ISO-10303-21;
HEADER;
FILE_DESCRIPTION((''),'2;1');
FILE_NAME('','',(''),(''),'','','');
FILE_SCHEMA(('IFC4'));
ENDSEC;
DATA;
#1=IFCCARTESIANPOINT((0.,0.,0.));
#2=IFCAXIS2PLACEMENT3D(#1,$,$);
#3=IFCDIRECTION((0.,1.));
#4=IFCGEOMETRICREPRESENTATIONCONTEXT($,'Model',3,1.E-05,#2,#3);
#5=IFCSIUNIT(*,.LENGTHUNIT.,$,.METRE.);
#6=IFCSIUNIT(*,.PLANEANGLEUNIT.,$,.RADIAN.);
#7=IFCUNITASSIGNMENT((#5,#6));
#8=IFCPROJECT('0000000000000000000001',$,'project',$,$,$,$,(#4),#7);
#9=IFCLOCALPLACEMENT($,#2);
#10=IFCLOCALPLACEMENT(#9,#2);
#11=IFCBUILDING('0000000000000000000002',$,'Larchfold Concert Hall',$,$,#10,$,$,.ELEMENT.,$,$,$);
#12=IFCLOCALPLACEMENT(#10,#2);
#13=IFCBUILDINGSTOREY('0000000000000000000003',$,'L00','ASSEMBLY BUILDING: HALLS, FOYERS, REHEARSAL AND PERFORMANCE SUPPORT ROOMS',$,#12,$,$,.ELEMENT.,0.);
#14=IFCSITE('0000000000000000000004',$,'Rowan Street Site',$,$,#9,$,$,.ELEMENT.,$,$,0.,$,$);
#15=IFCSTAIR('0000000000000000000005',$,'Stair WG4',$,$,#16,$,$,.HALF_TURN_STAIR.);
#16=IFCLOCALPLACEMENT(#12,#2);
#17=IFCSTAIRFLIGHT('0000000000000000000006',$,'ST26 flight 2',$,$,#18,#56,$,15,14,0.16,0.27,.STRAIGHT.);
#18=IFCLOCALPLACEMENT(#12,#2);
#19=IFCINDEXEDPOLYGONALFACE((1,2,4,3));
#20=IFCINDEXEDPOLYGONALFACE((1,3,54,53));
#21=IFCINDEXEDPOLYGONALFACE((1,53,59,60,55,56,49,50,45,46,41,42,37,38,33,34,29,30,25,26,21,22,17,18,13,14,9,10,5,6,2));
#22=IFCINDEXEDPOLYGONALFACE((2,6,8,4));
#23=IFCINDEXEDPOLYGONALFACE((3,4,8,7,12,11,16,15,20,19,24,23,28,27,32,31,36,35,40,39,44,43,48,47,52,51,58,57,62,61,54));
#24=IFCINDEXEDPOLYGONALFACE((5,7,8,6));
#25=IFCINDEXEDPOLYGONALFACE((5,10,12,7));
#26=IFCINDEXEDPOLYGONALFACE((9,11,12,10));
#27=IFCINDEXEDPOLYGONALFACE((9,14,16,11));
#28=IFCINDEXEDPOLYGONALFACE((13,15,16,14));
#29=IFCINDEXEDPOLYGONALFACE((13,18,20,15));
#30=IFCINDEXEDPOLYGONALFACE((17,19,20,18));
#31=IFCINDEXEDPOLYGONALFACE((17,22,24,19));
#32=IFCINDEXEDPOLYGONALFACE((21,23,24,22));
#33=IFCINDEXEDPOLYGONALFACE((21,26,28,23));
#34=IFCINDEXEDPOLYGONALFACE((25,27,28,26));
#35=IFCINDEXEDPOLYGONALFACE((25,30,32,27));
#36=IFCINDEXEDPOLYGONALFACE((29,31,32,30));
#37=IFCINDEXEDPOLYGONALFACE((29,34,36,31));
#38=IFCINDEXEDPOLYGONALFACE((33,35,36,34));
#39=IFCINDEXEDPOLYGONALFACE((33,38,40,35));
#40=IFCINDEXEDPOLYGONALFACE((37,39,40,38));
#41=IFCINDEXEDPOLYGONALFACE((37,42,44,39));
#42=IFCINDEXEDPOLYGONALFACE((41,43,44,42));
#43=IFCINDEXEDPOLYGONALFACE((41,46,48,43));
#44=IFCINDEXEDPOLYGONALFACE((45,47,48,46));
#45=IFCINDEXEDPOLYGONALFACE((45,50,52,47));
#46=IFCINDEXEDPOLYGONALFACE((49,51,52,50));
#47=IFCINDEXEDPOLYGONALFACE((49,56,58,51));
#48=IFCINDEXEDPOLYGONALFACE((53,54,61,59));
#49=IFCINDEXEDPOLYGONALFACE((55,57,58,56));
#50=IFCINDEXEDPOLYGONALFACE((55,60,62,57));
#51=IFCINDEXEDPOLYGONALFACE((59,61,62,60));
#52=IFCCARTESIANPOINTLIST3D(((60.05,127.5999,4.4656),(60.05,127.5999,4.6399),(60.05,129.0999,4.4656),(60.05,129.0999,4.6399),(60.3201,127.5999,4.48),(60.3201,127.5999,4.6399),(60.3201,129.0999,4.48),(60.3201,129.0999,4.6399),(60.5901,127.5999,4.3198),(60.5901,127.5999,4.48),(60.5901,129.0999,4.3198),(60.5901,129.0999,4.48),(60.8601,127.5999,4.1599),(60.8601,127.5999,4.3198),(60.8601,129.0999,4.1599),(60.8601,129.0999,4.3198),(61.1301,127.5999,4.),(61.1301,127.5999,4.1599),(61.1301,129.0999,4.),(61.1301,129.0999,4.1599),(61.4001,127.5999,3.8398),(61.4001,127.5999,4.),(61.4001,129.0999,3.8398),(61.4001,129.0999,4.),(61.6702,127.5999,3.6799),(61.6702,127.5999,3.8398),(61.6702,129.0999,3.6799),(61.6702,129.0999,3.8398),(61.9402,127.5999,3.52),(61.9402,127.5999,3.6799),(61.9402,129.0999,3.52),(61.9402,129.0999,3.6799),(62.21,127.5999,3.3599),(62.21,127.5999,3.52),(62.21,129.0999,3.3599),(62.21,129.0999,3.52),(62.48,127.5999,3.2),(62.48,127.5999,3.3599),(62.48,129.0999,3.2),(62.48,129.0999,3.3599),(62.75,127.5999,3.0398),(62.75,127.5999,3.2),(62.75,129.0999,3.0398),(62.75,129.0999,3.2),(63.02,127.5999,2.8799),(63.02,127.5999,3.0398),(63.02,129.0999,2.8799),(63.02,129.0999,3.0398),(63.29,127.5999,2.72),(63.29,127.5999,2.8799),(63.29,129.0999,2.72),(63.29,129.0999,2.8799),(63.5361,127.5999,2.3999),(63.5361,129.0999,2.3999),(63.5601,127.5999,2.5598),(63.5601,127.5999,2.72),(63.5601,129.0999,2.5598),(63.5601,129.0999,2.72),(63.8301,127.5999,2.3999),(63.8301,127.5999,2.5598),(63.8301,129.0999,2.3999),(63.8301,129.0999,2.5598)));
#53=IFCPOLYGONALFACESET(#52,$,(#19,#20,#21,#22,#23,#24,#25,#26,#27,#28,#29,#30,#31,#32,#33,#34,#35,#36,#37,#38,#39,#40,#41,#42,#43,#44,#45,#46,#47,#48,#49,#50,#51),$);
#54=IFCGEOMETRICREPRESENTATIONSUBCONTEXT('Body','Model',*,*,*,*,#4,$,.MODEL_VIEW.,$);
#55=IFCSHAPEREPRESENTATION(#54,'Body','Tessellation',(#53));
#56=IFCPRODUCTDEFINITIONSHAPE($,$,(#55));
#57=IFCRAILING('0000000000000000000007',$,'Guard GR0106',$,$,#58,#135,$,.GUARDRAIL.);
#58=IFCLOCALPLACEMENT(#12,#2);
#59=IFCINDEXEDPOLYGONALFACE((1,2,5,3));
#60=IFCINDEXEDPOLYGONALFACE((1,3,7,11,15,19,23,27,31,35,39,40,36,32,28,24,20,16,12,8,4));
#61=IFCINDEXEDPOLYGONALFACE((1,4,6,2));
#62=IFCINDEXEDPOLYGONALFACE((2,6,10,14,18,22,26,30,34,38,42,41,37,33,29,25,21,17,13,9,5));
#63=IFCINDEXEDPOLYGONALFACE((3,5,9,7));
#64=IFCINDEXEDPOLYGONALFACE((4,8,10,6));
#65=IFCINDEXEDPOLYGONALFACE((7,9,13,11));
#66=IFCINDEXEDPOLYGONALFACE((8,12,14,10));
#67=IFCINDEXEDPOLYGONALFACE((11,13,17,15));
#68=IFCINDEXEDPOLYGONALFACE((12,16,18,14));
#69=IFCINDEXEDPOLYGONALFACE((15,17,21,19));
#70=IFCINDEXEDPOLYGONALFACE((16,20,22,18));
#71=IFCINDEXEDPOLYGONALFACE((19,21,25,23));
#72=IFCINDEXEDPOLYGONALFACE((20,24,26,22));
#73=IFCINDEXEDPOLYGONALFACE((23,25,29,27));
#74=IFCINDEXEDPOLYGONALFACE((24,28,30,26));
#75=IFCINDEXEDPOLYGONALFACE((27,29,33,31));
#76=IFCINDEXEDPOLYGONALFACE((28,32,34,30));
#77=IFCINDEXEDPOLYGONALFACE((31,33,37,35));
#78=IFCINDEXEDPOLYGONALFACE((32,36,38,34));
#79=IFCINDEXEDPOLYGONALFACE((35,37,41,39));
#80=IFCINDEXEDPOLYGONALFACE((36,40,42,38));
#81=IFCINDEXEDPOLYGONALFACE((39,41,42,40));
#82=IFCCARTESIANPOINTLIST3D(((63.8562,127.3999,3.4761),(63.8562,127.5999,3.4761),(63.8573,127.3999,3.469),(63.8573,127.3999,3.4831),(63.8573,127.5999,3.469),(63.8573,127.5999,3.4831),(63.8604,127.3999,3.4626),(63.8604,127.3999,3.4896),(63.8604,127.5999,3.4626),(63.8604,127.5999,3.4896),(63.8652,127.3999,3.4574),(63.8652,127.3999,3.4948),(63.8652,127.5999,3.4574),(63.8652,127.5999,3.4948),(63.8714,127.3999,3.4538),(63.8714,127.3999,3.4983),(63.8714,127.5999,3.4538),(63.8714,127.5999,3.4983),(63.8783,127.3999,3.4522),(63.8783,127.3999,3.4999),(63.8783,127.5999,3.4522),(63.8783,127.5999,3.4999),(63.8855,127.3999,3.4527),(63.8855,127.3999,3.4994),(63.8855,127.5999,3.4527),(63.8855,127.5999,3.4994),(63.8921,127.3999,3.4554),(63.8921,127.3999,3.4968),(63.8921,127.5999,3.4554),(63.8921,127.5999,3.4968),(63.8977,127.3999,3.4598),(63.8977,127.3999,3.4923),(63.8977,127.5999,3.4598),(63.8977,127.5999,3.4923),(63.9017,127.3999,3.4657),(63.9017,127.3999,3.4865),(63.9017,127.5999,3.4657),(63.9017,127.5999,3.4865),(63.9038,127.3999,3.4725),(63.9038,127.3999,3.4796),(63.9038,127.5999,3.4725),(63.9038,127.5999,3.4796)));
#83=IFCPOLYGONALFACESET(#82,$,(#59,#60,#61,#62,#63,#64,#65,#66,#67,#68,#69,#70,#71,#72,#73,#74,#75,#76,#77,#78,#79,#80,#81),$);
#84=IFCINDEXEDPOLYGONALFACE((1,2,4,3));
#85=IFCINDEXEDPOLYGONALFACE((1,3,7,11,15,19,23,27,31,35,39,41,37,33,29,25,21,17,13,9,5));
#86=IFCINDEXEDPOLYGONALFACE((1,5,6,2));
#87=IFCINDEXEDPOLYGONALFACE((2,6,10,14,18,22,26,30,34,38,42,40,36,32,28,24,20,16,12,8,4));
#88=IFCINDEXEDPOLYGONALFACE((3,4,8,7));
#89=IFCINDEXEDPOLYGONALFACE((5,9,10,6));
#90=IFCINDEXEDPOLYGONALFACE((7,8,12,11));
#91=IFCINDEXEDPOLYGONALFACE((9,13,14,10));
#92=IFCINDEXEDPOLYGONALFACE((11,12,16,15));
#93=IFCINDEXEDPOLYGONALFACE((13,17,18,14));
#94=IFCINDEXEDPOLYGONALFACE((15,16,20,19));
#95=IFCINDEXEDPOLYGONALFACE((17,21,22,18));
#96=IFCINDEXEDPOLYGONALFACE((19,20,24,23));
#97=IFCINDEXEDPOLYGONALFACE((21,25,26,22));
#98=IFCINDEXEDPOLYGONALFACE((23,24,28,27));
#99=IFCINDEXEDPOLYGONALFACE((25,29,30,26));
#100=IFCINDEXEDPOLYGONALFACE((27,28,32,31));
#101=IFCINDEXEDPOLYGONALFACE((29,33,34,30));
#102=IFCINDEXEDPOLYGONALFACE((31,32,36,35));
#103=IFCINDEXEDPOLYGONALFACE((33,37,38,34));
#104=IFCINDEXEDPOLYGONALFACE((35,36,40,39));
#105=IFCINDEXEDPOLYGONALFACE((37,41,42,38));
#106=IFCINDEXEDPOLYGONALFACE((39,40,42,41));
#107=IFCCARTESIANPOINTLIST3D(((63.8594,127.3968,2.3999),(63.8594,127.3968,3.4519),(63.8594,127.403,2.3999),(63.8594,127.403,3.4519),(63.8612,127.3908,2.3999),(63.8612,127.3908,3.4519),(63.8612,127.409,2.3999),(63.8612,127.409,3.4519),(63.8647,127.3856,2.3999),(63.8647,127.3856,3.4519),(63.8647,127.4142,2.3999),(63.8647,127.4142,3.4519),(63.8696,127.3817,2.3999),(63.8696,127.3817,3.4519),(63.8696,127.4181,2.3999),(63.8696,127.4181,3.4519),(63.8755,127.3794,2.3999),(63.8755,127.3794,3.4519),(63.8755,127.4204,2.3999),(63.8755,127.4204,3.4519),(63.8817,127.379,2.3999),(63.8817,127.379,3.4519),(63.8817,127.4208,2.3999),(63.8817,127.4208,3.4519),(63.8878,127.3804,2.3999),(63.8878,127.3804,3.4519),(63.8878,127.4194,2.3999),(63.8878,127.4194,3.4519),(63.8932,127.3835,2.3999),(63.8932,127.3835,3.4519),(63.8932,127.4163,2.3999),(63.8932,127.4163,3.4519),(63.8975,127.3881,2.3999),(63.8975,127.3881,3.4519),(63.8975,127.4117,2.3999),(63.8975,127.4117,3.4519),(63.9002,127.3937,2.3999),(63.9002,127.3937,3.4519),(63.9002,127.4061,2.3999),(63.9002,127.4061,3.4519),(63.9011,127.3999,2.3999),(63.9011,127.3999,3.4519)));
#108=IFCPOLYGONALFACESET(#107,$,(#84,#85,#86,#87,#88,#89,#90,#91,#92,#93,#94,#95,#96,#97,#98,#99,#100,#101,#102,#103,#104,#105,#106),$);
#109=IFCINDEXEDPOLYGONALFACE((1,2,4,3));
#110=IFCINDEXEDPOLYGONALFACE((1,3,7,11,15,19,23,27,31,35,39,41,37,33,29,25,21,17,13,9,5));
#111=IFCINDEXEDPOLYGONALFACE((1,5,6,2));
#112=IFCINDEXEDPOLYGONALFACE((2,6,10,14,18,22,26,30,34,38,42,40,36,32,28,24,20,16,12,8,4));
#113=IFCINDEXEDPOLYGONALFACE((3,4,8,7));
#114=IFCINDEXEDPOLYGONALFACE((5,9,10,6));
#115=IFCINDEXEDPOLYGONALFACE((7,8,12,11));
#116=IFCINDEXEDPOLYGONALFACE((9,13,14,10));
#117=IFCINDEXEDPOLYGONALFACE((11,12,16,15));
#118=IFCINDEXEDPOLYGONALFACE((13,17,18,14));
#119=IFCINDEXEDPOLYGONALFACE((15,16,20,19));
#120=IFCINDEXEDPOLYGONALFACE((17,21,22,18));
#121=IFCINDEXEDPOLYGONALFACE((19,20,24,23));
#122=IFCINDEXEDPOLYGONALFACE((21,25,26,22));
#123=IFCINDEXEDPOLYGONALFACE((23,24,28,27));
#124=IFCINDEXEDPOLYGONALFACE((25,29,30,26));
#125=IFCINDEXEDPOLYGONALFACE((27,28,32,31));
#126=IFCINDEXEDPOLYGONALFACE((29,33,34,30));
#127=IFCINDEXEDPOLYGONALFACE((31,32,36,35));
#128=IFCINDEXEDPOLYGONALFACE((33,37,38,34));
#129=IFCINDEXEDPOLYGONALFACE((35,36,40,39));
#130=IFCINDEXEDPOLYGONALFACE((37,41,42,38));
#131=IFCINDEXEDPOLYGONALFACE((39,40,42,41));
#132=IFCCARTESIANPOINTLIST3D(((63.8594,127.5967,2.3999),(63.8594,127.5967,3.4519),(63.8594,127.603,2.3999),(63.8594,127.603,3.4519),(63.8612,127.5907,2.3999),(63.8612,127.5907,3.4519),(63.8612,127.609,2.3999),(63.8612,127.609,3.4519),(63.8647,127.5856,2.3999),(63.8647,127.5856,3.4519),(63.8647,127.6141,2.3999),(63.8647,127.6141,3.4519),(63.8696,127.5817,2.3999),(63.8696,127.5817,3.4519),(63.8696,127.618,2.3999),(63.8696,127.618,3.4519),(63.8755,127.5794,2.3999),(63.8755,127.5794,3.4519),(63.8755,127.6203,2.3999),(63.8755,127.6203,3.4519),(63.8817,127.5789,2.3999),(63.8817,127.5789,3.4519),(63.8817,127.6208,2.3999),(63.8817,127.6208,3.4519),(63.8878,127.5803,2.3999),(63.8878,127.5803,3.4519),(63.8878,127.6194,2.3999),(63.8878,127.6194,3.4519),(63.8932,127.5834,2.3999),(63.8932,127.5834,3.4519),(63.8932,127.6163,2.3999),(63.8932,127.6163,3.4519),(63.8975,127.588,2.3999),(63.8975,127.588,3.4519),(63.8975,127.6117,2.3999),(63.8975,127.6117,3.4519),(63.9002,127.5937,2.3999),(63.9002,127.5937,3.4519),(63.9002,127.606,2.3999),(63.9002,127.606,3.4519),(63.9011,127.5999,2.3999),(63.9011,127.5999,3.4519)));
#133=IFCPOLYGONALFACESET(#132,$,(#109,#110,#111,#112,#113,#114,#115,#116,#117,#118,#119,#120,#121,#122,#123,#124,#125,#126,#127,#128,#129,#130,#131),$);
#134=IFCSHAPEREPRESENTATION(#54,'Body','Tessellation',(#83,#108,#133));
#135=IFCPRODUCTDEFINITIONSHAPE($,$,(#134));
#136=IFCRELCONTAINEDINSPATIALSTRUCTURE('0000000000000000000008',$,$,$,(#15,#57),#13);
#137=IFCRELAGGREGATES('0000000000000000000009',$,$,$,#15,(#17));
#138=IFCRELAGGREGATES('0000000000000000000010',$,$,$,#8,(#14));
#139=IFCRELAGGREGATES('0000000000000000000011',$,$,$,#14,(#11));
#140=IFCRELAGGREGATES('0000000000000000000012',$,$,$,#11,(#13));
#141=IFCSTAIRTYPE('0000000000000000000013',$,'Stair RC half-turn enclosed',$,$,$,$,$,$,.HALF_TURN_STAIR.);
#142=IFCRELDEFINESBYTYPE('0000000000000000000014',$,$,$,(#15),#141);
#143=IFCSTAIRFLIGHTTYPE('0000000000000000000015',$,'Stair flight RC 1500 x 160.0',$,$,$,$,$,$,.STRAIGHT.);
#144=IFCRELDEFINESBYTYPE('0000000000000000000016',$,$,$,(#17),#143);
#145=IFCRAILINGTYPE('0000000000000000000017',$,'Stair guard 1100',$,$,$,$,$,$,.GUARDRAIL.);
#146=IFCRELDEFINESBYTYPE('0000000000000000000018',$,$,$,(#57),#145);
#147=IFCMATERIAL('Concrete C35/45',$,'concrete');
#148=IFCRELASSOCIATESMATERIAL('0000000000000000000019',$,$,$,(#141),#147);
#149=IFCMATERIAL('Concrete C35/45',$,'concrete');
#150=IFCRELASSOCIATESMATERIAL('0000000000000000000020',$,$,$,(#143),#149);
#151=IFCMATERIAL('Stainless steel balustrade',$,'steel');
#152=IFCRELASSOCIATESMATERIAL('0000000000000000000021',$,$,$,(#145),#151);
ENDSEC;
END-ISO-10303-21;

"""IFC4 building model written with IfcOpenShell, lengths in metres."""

from ifc_helpers import new_model, si_unit, direction, frame, origin, origin_2d, place, context, subcontext, project, spatial, polyline, circle, outline, extrude, material, type_object, element, aggregate, save


model = new_model("IFC4")

# Units and contexts
model_context = context("Model", 3, precision=1e-05, world=origin(), true_north=direction((0.0, 1.0)))
body_context = subcontext(model_context, "Body", "Model", "MODEL_VIEW")
ifc_project = project(units=[si_unit("LENGTHUNIT", "METRE"), si_unit("PLANEANGLEUNIT", "RADIAN")], contexts=[model_context])

# Site, building, storey
site_placement = place(None, origin())
site = spatial("IfcSite", under=ifc_project, at=site_placement, Name="Rowan Street Site", CompositionType="ELEMENT", RefElevation=0.0)
building_placement = place(site_placement, origin())
building = spatial("IfcBuilding", under=site, at=building_placement, Name="Larchfold Concert Hall", CompositionType="ELEMENT")
storey_placement = place(building_placement, origin())
storey = spatial("IfcBuildingStorey", under=building, at=storey_placement, Name="L00", Description="ASSEMBLY BUILDING: HALLS, FOYERS, REHEARSAL AND PERFORMANCE SUPPORT ROOMS", CompositionType="ELEMENT", Elevation=0.0)

# Stair, stair flight
ifc_material_1 = material(Name="Concrete C35/45", Category="concrete")
stair_type = type_object("IfcStairType", Name="Stair RC half-turn enclosed", PredefinedType="HALF_TURN_STAIR", material=ifc_material_1)
stair_placement = place(storey_placement, origin())
stair = element("IfcStair", 1, at=stair_placement, inside=storey, type_object=stair_type, Name="Stair WG4", PredefinedType="HALF_TURN_STAIR")
ifc_material_2 = material(Name="Concrete C35/45", Category="concrete")
stair_flight_type = type_object("IfcStairFlightType", Name="Stair flight RC 1500 x 160.0", PredefinedType="STRAIGHT", material=ifc_material_2)
stair_flight_placement = place(storey_placement, frame((63.8301, 128.3499, 2.3999), z_axis=(0.0, 0.0, 1.0), x_axis=(-1.0, 0.0, 0.0)))
stair_flight = element("IfcStairFlight", 2, at=stair_flight_placement, type_object=stair_flight_type, Name="ST26 flight 2", NumberOfRisers=15, NumberOfTreads=14, PredefinedType="STRAIGHT", RiserHeight=0.16, TreadLength=0.27, context=body_context, shape_type="SweptSolid", body=[
    extrude(outline(polyline([(0.0, 0.0), (0.0, 0.1599), (0.27, 0.1599), (0.27, 0.3201), (0.54, 0.3201), (0.54, 0.48), (0.8101, 0.48), (0.8101, 0.6399), (1.0801, 0.6399), (1.0801, 0.8), (1.3501, 0.8), (1.3501, 0.96), (1.6201, 0.96), (1.6201, 1.1201), (1.8899, 1.1201), (1.8899, 1.28), (2.1599, 1.28), (2.1599, 1.4399), (2.4299, 1.4399), (2.4299, 1.6001), (2.7, 1.6001), (2.7, 1.76), (2.97, 1.76), (2.97, 1.9199), (3.24, 1.9199), (3.24, 2.0801), (3.51, 2.0801), (3.51, 2.24), (3.78, 2.24), (3.78, 2.3999), (3.78, 2.0657), (0.2939, 0.0), (0.0, 0.0)])), frame((0.0, 0.75, 0.0), z_axis=(0.0, -1.0, 0.0), x_axis=(1.0, 0.0, 0.0)), (0.0, 0.0, 1.0), 1.5),
])
aggregate(stair, [stair_flight])

# Railing
ifc_material_3 = material(Name="Stainless steel balustrade", Category="steel")
railing_type_1 = type_object("IfcRailingType", Name="Stair guard 1100", PredefinedType="GUARDRAIL", material=ifc_material_3)
railing_1_placement = place(storey_placement, frame((63.8801, 127.3999, 2.3999)))
element("IfcRailing", 3, at=railing_1_placement, inside=storey, type_object=railing_type_1, Name="Guard GR0106", PredefinedType="GUARDRAIL", context=body_context, shape_type="SweptSolid", body=[
    extrude(circle(Radius=0.0239, at=origin_2d()), frame((0.0, 0.0, 1.0762), z_axis=(0.0, 1.0, 0.0), x_axis=(-1.0, 0.0, 0.0)), (0.0, 0.0, 1.0), 0.2),
    extrude(circle(Radius=0.021, at=origin_2d()), origin(), (0.0, 0.0, 1.0), 1.052),
    extrude(circle(Radius=0.021, at=origin_2d()), frame((0.0, 0.2, 0.0)), (0.0, 0.0, 1.0), 1.052),
])

save(model, "model.ifc")
